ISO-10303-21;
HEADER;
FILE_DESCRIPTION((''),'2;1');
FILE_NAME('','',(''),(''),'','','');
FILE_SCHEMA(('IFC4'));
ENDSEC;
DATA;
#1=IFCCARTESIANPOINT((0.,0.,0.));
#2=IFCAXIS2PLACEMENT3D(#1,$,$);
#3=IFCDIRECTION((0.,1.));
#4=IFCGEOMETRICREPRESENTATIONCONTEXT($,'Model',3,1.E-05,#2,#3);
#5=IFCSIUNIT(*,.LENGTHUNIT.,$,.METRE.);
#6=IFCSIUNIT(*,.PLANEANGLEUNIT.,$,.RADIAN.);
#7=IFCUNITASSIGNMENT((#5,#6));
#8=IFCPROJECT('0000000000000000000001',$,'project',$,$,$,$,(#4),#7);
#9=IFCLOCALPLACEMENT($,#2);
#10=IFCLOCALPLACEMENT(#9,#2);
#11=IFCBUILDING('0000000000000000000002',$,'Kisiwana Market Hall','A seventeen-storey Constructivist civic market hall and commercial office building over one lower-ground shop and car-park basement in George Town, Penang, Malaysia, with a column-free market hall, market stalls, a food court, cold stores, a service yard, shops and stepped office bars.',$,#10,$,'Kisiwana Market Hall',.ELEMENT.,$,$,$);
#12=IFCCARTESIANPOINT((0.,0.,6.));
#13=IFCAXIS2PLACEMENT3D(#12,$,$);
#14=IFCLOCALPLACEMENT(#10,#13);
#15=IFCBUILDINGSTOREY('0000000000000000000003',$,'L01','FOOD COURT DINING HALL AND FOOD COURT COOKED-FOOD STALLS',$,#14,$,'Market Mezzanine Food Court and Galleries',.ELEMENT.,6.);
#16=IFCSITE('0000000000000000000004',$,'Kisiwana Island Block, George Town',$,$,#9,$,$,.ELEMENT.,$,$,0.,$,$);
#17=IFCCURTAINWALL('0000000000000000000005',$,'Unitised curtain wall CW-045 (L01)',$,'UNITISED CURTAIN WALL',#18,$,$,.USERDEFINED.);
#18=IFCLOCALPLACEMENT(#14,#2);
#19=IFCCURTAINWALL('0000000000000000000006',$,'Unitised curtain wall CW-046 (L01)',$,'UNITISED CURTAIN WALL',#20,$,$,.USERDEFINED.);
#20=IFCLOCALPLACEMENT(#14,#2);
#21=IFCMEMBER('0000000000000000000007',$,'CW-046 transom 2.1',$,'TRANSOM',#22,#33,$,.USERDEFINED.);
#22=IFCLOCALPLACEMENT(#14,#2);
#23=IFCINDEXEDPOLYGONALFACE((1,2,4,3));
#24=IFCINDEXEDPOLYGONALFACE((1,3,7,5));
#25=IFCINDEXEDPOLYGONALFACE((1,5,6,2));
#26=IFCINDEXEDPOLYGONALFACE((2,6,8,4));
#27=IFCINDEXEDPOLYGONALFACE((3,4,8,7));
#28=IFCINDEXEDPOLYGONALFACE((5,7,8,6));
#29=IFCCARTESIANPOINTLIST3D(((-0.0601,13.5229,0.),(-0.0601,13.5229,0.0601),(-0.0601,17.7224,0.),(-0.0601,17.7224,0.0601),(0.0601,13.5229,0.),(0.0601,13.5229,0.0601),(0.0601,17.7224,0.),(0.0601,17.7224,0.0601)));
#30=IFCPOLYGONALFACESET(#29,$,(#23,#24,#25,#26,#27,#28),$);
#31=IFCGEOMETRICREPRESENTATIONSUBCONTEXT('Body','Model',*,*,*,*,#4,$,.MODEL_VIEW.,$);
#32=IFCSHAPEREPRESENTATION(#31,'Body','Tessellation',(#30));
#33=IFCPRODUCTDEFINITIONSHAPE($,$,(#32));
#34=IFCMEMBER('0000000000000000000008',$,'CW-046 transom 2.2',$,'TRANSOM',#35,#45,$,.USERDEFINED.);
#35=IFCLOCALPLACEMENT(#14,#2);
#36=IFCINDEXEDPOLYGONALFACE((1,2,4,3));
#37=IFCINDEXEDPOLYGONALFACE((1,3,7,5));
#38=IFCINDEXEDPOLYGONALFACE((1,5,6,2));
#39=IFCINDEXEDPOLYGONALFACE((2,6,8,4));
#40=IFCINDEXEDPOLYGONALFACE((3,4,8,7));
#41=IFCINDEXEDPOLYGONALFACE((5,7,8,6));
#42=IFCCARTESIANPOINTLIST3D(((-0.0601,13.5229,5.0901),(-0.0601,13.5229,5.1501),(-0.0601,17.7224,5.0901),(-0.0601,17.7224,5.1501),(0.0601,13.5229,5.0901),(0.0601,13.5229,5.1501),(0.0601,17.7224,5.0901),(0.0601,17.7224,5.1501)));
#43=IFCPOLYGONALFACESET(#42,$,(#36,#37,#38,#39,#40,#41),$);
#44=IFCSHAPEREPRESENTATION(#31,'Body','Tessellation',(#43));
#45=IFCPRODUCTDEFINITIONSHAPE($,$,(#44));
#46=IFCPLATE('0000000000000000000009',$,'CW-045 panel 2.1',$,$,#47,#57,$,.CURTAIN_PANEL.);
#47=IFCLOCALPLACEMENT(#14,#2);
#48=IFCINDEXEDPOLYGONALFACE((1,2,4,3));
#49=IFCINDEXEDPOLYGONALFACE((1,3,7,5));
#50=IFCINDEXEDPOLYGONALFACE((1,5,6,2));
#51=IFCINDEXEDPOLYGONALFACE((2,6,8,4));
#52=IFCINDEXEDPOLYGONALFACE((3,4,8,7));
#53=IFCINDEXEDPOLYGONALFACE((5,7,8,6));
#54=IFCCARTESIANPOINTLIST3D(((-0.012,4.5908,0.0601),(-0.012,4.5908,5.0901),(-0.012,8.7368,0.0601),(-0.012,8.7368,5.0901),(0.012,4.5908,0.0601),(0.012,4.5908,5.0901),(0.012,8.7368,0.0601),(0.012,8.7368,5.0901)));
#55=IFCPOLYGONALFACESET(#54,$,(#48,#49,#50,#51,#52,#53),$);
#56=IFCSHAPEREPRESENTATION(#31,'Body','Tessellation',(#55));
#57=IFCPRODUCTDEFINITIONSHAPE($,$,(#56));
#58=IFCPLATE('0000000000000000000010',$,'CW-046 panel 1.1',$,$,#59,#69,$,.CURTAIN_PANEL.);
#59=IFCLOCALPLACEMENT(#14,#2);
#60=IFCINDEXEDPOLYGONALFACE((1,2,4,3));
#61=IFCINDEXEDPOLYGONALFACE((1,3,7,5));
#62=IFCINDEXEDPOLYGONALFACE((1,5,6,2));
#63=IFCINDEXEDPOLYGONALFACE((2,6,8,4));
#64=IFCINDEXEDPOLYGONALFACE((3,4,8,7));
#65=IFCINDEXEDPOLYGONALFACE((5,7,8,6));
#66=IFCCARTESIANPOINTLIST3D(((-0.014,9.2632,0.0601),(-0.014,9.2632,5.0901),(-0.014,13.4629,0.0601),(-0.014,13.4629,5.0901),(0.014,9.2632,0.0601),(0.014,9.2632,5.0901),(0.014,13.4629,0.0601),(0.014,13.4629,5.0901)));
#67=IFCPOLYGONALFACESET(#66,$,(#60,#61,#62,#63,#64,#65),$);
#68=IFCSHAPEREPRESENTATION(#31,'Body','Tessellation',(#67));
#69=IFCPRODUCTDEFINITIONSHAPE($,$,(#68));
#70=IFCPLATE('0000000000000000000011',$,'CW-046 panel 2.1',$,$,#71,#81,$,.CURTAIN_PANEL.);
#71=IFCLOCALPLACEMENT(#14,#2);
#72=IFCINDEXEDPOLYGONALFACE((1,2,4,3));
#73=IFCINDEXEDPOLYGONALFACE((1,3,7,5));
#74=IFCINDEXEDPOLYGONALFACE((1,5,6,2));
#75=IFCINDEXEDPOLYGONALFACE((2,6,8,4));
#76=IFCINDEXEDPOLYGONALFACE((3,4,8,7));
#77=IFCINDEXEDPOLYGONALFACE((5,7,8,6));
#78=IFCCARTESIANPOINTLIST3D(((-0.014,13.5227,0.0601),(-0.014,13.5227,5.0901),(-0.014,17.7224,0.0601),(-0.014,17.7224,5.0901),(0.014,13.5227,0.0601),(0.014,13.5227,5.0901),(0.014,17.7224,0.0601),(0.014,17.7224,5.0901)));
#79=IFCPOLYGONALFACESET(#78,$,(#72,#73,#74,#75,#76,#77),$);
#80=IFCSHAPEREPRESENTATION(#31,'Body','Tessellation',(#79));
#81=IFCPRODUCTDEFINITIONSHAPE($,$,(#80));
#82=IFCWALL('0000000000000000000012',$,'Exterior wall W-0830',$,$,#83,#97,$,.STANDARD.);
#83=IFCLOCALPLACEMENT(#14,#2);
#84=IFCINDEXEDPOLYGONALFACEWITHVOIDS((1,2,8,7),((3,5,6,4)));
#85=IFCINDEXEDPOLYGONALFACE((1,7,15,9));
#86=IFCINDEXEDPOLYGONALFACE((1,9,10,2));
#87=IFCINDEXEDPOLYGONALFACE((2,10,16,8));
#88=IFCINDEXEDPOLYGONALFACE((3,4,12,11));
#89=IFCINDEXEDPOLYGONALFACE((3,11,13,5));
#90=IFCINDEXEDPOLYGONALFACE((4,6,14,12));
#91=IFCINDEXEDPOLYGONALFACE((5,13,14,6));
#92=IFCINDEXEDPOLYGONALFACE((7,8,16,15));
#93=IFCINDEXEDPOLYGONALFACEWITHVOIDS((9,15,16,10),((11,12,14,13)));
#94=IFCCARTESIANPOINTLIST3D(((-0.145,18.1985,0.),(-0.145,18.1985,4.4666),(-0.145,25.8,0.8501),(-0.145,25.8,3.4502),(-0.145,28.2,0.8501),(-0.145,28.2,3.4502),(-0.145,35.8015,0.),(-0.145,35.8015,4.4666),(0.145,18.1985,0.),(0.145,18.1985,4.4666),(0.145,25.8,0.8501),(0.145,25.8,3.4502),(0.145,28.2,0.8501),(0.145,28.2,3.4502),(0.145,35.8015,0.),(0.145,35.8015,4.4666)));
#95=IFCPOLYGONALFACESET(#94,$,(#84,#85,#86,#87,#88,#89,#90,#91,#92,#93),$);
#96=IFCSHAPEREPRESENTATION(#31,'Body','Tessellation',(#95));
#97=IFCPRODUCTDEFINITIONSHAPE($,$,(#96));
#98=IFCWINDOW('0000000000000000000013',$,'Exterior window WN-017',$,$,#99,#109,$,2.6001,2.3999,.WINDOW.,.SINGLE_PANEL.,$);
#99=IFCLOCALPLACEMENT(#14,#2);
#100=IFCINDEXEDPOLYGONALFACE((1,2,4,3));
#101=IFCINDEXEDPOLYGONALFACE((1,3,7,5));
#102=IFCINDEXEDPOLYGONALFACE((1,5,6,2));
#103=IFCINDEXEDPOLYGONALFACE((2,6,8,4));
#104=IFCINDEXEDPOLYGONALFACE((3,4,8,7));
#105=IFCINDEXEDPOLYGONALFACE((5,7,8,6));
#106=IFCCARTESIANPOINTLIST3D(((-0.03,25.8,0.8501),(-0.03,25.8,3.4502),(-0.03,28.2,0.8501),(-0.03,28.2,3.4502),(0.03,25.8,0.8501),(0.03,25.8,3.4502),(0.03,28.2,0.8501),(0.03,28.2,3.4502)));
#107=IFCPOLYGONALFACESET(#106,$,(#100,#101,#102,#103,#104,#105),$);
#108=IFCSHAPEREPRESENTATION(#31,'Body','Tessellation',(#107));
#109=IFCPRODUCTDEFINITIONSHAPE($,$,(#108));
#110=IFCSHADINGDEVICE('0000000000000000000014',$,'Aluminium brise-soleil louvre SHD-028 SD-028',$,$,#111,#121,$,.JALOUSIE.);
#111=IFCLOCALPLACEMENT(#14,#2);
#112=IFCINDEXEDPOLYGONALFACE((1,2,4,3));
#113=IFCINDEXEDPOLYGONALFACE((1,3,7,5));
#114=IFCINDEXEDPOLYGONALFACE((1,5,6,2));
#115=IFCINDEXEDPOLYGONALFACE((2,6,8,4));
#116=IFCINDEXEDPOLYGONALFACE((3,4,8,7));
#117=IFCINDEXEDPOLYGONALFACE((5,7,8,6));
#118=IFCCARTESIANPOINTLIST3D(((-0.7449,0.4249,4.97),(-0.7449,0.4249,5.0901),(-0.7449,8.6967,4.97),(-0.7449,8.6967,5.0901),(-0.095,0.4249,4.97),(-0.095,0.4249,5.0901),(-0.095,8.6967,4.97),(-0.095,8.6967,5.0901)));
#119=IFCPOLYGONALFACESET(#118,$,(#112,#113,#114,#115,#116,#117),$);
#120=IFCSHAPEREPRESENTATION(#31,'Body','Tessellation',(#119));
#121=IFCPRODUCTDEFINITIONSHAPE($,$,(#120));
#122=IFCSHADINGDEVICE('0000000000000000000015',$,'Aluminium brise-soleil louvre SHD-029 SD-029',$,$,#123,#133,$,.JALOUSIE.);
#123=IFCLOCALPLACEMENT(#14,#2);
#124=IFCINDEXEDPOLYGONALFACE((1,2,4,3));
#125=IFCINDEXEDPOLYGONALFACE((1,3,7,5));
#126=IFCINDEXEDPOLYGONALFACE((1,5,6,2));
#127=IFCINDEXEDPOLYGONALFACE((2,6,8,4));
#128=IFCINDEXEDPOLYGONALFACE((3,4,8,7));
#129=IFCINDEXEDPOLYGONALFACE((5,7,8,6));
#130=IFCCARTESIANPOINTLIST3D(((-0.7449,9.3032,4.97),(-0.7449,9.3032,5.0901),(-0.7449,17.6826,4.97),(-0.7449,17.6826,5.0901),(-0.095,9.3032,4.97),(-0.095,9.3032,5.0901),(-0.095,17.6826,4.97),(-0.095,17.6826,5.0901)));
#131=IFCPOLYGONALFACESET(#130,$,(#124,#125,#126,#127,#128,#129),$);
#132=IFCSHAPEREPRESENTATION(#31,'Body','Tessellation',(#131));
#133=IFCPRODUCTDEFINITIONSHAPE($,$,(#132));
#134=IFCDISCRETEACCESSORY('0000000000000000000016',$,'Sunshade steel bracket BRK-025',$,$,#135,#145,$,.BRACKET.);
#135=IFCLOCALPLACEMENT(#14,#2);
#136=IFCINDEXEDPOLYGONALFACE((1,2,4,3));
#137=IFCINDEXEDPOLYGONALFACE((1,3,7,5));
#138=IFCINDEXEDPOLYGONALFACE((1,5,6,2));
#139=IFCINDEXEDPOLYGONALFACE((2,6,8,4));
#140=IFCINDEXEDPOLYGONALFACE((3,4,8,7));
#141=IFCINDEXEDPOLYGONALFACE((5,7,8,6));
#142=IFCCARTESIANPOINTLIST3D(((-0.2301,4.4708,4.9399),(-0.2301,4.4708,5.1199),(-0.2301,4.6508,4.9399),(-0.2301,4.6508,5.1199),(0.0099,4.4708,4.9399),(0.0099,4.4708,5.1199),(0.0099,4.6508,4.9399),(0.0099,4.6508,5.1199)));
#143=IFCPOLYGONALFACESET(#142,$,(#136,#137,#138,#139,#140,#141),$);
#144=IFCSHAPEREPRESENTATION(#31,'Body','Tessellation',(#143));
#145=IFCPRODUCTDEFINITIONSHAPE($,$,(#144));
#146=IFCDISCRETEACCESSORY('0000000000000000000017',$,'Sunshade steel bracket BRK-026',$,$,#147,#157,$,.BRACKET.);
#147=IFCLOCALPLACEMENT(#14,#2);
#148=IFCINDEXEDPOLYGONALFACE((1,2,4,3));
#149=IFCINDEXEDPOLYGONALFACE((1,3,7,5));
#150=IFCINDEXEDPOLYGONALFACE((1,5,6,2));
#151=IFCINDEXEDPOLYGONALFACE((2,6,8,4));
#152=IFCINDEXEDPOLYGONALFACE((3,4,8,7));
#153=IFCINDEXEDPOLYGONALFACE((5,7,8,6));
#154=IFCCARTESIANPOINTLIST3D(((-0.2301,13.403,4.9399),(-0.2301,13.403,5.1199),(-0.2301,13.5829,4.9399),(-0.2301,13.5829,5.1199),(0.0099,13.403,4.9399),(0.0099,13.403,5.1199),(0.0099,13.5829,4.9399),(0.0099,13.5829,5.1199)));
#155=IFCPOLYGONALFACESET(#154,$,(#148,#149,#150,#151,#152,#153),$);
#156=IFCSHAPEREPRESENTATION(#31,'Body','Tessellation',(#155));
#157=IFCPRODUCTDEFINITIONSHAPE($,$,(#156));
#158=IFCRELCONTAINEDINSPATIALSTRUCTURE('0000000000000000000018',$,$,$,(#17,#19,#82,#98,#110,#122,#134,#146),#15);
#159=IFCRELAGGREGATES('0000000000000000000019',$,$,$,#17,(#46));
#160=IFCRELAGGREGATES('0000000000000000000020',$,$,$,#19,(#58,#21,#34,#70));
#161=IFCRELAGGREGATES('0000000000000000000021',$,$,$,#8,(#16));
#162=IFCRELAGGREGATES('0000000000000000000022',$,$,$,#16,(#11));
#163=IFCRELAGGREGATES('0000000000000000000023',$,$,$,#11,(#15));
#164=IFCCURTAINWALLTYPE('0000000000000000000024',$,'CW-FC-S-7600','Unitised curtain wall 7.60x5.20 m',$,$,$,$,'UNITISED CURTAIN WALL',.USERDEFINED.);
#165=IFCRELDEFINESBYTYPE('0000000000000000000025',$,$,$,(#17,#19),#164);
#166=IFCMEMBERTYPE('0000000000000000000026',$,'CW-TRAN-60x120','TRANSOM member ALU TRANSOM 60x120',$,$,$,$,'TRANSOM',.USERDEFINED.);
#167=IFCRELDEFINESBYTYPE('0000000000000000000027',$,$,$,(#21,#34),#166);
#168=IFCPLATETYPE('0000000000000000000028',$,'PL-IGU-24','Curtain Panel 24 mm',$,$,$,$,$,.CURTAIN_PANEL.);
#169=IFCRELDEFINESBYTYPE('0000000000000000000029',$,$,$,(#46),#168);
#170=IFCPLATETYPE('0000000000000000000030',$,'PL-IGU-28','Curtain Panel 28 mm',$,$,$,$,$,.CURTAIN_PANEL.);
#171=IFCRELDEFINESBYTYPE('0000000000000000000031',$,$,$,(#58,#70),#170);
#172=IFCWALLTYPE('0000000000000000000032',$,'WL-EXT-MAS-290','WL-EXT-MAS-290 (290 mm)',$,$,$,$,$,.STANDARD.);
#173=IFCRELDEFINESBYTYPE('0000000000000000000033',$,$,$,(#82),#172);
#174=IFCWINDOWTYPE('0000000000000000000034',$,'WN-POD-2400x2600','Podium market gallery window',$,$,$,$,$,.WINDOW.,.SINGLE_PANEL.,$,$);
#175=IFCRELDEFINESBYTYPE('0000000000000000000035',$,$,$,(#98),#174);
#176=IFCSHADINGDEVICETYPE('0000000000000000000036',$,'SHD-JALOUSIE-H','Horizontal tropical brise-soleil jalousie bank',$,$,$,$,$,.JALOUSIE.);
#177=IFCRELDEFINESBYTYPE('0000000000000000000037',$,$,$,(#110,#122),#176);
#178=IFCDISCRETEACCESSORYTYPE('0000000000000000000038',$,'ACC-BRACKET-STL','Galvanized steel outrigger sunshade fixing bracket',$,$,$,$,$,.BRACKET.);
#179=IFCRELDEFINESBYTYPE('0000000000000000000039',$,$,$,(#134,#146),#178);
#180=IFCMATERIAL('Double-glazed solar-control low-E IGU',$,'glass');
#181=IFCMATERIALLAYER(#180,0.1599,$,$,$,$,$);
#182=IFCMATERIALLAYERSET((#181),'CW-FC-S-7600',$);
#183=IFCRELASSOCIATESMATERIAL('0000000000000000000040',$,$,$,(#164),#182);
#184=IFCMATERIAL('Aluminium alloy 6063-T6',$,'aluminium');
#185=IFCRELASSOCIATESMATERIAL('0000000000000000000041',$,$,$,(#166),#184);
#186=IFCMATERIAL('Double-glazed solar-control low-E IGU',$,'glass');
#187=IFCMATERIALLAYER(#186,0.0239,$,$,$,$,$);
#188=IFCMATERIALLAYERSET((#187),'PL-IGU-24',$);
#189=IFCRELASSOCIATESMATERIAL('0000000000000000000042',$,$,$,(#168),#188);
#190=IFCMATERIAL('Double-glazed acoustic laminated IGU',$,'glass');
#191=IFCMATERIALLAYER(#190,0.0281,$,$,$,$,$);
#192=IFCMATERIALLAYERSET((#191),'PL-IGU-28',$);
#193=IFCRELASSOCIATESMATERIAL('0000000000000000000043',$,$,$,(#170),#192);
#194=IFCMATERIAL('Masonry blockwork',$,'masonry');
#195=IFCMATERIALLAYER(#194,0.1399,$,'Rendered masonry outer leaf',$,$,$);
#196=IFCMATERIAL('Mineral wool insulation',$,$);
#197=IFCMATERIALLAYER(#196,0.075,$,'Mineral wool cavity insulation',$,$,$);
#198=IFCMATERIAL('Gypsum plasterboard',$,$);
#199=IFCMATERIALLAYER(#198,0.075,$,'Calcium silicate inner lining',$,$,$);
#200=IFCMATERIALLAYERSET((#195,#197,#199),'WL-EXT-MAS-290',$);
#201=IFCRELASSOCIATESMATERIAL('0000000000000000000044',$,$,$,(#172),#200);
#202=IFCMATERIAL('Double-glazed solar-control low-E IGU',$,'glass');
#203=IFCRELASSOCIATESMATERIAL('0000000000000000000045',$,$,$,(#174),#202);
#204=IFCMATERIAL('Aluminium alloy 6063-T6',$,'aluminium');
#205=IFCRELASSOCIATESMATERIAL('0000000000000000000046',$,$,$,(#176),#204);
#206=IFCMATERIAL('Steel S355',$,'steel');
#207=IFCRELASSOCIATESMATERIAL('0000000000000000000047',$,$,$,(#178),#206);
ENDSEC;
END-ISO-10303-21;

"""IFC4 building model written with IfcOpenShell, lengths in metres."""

from ifc_helpers import new_model, si_unit, direction, frame, frame_2d, origin, origin_2d, place, context, subcontext, project, spatial, rectangle, extrude, material, layer, layer_set, material_profile, profile_set, type_object, element, fill, aggregate, save


model = new_model("IFC4")

# Units and contexts
model_context = context("Model", 3, precision=1e-05, world=origin(), true_north=direction((0.0, 1.0)))
body_context = subcontext(model_context, "Body", "Model", "MODEL_VIEW")
ifc_project = project(units=[si_unit("LENGTHUNIT", "METRE"), si_unit("PLANEANGLEUNIT", "RADIAN")], contexts=[model_context])

# Site, building, storey
site_placement = place(None, origin())
site = spatial("IfcSite", under=ifc_project, at=site_placement, Name="Kisiwana Island Block, George Town", CompositionType="ELEMENT", RefElevation=0.0)
building_placement = place(site_placement, origin())
building = spatial("IfcBuilding", under=site, at=building_placement, Name="Kisiwana Market Hall", Description="A seventeen-storey Constructivist civic market hall and commercial office building over one lower-ground shop and car-park basement in George Town, Penang, Malaysia, with a column-free market hall, market stalls, a food court, cold stores, a service yard, shops and stepped office bars.", LongName="Kisiwana Market Hall", CompositionType="ELEMENT")
storey_placement = place(building_placement, frame((0.0, 0.0, 6.0)))
storey = spatial("IfcBuildingStorey", under=building, at=storey_placement, Name="L01", Description="FOOD COURT DINING HALL AND FOOD COURT COOKED-FOOD STALLS", LongName="Market Mezzanine Food Court and Galleries", CompositionType="ELEMENT", Elevation=6.0)

# Curtain walls
ifc_material_1 = material(Name="Double-glazed solar-control low-E IGU", Category="glass")
ifc_layer_1 = layer(ifc_material_1, 0.1599)
ifc_layer_set_1 = layer_set([ifc_layer_1], Name="CW-FC-S-7600")
curtain_wall_type = type_object("IfcCurtainWallType", Name="CW-FC-S-7600", Description="Unitised curtain wall 7.60x5.20 m", ElementType="UNITISED CURTAIN WALL", PredefinedType="USERDEFINED", material=ifc_layer_set_1)
curtain_wall_1_placement = place(storey_placement, origin())
curtain_wall_1 = element("IfcCurtainWall", 1, at=curtain_wall_1_placement, inside=storey, type_object=curtain_wall_type, Name="Unitised curtain wall CW-045 (L01)", ObjectType="UNITISED CURTAIN WALL", PredefinedType="USERDEFINED")
curtain_wall_2_placement = place(storey_placement, origin())
curtain_wall_2 = element("IfcCurtainWall", 2, at=curtain_wall_2_placement, inside=storey, type_object=curtain_wall_type, Name="Unitised curtain wall CW-046 (L01)", ObjectType="UNITISED CURTAIN WALL", PredefinedType="USERDEFINED")

# Members
ifc_material_2 = material(Name="Aluminium alloy 6063-T6", Category="aluminium")
ifc_material_profile_1 = material_profile(ifc_material_2, rectangle(XDim=0.1201, YDim=0.0601, at=origin_2d()), Name="ALU TRANSOM 60x120")
ifc_profile_set_1 = profile_set([ifc_material_profile_1], Name="Aluminium alloy 6063-T6")
member_type_1 = type_object("IfcMemberType", Name="CW-TRAN-60x120", Description="TRANSOM member ALU TRANSOM 60x120", ElementType="TRANSOM", PredefinedType="USERDEFINED", material=ifc_profile_set_1)
member_1_placement = place(storey_placement, frame((0.0, 13.5229, 0.03), z_axis=(0.0, 1.0, 0.0), x_axis=(-1.0, 0.0, 0.0)))
member_1 = element("IfcMember", 3, at=member_1_placement, type_object=member_type_1, Name="CW-046 transom 2.1", ObjectType="TRANSOM", PredefinedType="USERDEFINED", context=body_context, shape_type="SweptSolid", body=[
    extrude(rectangle(XDim=0.1201, YDim=0.0601, at=origin_2d()), origin(), (0.0, 0.0, 1.0), 4.1995),
])
member_2_placement = place(storey_placement, frame((0.0, 13.5229, 5.1201), z_axis=(0.0, 1.0, 0.0), x_axis=(-1.0, 0.0, 0.0)))
member_2 = element("IfcMember", 4, at=member_2_placement, type_object=member_type_1, Name="CW-046 transom 2.2", ObjectType="TRANSOM", PredefinedType="USERDEFINED", context=body_context, shape_type="SweptSolid", body=[
    extrude(rectangle(XDim=0.1201, YDim=0.0601, at=origin_2d()), origin(), (0.0, 0.0, 1.0), 4.1995),
])

# Plates
ifc_material_3 = material(Name="Double-glazed solar-control low-E IGU", Category="glass")
ifc_layer_2 = layer(ifc_material_3, 0.0239)
ifc_layer_set_2 = layer_set([ifc_layer_2], Name="PL-IGU-24")
plate_type_1 = type_object("IfcPlateType", Name="PL-IGU-24", Description="Curtain Panel 24 mm", PredefinedType="CURTAIN_PANEL", material=ifc_layer_set_2)
plate_1_placement = place(storey_placement, frame((0.0, 6.6638, 0.0601), z_axis=(0.0, 0.0, 1.0), x_axis=(0.0, 1.0, 0.0)))
plate_1 = element("IfcPlate", 5, at=plate_1_placement, type_object=plate_type_1, Name="CW-045 panel 2.1", PredefinedType="CURTAIN_PANEL", context=body_context, shape_type="SweptSolid", body=[
    extrude(rectangle(XDim=4.146, YDim=0.0239, at=origin_2d()), origin(), (0.0, 0.0, 1.0), 5.03),
])
aggregate(curtain_wall_1, [plate_1])
ifc_material_4 = material(Name="Double-glazed acoustic laminated IGU", Category="glass")
ifc_layer_3 = layer(ifc_material_4, 0.0281)
ifc_layer_set_3 = layer_set([ifc_layer_3], Name="PL-IGU-28")
plate_type_2 = type_object("IfcPlateType", Name="PL-IGU-28", Description="Curtain Panel 28 mm", PredefinedType="CURTAIN_PANEL", material=ifc_layer_set_3)
plate_2_placement = place(storey_placement, frame((0.0, 11.363, 0.0601), z_axis=(0.0, 0.0, 1.0), x_axis=(0.0, 1.0, 0.0)))
plate_2 = element("IfcPlate", 6, at=plate_2_placement, type_object=plate_type_2, Name="CW-046 panel 1.1", PredefinedType="CURTAIN_PANEL", context=body_context, shape_type="SweptSolid", body=[
    extrude(rectangle(XDim=4.1997, YDim=0.0281, at=origin_2d()), origin(), (0.0, 0.0, 1.0), 5.03),
])
plate_3_placement = place(storey_placement, frame((0.0, 15.6226, 0.0601), z_axis=(0.0, 0.0, 1.0), x_axis=(0.0, 1.0, 0.0)))
plate_3 = element("IfcPlate", 7, at=plate_3_placement, type_object=plate_type_2, Name="CW-046 panel 2.1", PredefinedType="CURTAIN_PANEL", context=body_context, shape_type="SweptSolid", body=[
    extrude(rectangle(XDim=4.1997, YDim=0.0281, at=origin_2d()), origin(), (0.0, 0.0, 1.0), 5.03),
])
aggregate(curtain_wall_2, [plate_2, member_1, member_2, plate_3])

# Wall, opening, window
ifc_material_5 = material(Name="Masonry blockwork", Category="masonry")
ifc_layer_4 = layer(ifc_material_5, 0.1399, Name="Rendered masonry outer leaf")
ifc_material_6 = material(Name="Mineral wool insulation")
ifc_layer_5 = layer(ifc_material_6, 0.075, Name="Mineral wool cavity insulation")
ifc_material_7 = material(Name="Gypsum plasterboard")
ifc_layer_6 = layer(ifc_material_7, 0.075, Name="Calcium silicate inner lining")
ifc_layer_set_4 = layer_set([ifc_layer_4, ifc_layer_5, ifc_layer_6], Name="WL-EXT-MAS-290")
wall_type = type_object("IfcWallType", Name="WL-EXT-MAS-290", Description="WL-EXT-MAS-290 (290 mm)", PredefinedType="STANDARD", material=ifc_layer_set_4)
wall_placement = place(storey_placement, frame((0.0, 18.1985, 0.0), z_axis=(0.0, 0.0, 1.0), x_axis=(0.0, 1.0, 0.0)))
wall = element("IfcWall", 8, at=wall_placement, inside=storey, type_object=wall_type, Name="Exterior wall W-0830", PredefinedType="STANDARD", context=body_context, shape_type="SweptSolid", body=[
    extrude(rectangle(XDim=17.603, YDim=0.29, at=frame_2d((8.8015, 0.0))), origin(), (0.0, 0.0, 1.0), 4.4666),
])
opening_placement = place(wall_placement, frame((7.6016, 0.0, 0.8501)))
opening = element("IfcOpeningElement", 9, at=opening_placement, cuts=wall, PredefinedType="OPENING", context=body_context, shape_type="SweptSolid", body=[
    extrude(rectangle(XDim=2.3999, YDim=2.6001, at=frame_2d((1.2, 1.3))), frame((0.0, 0.157, 0.0), z_axis=(0.0, -1.0, 0.0), x_axis=(1.0, 0.0, 0.0)), (0.0, 0.0, 1.0), 0.314),
])
ifc_material_8 = material(Name="Double-glazed solar-control low-E IGU", Category="glass")
window_type = type_object("IfcWindowType", Name="WN-POD-2400x2600", Description="Podium market gallery window", PartitioningType="SINGLE_PANEL", PredefinedType="WINDOW", material=ifc_material_8)
window_placement = place(opening_placement, origin())
window = element("IfcWindow", 10, at=window_placement, inside=storey, type_object=window_type, Name="Exterior window WN-017", OverallHeight=2.6001, OverallWidth=2.3999, PartitioningType="SINGLE_PANEL", PredefinedType="WINDOW", context=body_context, shape_type="SweptSolid", body=[
    extrude(rectangle(XDim=2.3999, YDim=2.6001, at=frame_2d((1.2, 1.3))), frame((0.0, 0.03, 0.0), z_axis=(0.0, -1.0, 0.0), x_axis=(1.0, 0.0, 0.0)), (0.0, 0.0, 1.0), 0.0601),
])
fill(opening, window)

# Shading devices
ifc_material_9 = material(Name="Aluminium alloy 6063-T6", Category="aluminium")
shading_device_type = type_object("IfcShadingDeviceType", Name="SHD-JALOUSIE-H", Description="Horizontal tropical brise-soleil jalousie bank", PredefinedType="JALOUSIE", material=ifc_material_9)
shading_device_1_placement = place(storey_placement, frame((-0.4199, 4.5608, 4.97), z_axis=(0.0, 0.0, 1.0), x_axis=(0.0, 1.0, 0.0)))
element("IfcShadingDevice", 11, at=shading_device_1_placement, inside=storey, type_object=shading_device_type, Name="Aluminium brise-soleil louvre SHD-028 SD-028", PredefinedType="JALOUSIE", context=body_context, shape_type="SweptSolid", body=[
    extrude(rectangle(XDim=8.2717, YDim=0.6499, at=origin_2d()), origin(), (0.0, 0.0, 1.0), 0.1201),
])
shading_device_2_placement = place(storey_placement, frame((-0.4199, 13.4929, 4.97), z_axis=(0.0, 0.0, 1.0), x_axis=(0.0, 1.0, 0.0)))
element("IfcShadingDevice", 12, at=shading_device_2_placement, inside=storey, type_object=shading_device_type, Name="Aluminium brise-soleil louvre SHD-029 SD-029", PredefinedType="JALOUSIE", context=body_context, shape_type="SweptSolid", body=[
    extrude(rectangle(XDim=8.3794, YDim=0.6499, at=origin_2d()), origin(), (0.0, 0.0, 1.0), 0.1201),
])

# Discrete accessories
ifc_material_10 = material(Name="Steel S355", Category="steel")
discrete_accessory_type = type_object("IfcDiscreteAccessoryType", Name="ACC-BRACKET-STL", Description="Galvanized steel outrigger sunshade fixing bracket", PredefinedType="BRACKET", material=ifc_material_10)
for number, where, z_axis, x_axis, name in (
    (13, (-0.1101, 4.5608, 4.9399), (0.0, 0.0, 1.0), (0.0, 1.0, 0.0), "Sunshade steel bracket BRK-025"),
    (14, (-0.1101, 13.4929, 4.9399), (0.0, 0.0, 1.0), (0.0, 1.0, 0.0), "Sunshade steel bracket BRK-026"),
):
    element("IfcDiscreteAccessory", number, at=place(storey_placement, frame(where, z_axis=z_axis, x_axis=x_axis)), inside=storey, type_object=discrete_accessory_type, Name=name, PredefinedType="BRACKET", context=body_context, shape_type="SweptSolid", body=[
        extrude(rectangle(XDim=0.1799, YDim=0.24, at=origin_2d()), origin(), (0.0, 0.0, 1.0), 0.1799),
    ])

save(model, "model.ifc")
